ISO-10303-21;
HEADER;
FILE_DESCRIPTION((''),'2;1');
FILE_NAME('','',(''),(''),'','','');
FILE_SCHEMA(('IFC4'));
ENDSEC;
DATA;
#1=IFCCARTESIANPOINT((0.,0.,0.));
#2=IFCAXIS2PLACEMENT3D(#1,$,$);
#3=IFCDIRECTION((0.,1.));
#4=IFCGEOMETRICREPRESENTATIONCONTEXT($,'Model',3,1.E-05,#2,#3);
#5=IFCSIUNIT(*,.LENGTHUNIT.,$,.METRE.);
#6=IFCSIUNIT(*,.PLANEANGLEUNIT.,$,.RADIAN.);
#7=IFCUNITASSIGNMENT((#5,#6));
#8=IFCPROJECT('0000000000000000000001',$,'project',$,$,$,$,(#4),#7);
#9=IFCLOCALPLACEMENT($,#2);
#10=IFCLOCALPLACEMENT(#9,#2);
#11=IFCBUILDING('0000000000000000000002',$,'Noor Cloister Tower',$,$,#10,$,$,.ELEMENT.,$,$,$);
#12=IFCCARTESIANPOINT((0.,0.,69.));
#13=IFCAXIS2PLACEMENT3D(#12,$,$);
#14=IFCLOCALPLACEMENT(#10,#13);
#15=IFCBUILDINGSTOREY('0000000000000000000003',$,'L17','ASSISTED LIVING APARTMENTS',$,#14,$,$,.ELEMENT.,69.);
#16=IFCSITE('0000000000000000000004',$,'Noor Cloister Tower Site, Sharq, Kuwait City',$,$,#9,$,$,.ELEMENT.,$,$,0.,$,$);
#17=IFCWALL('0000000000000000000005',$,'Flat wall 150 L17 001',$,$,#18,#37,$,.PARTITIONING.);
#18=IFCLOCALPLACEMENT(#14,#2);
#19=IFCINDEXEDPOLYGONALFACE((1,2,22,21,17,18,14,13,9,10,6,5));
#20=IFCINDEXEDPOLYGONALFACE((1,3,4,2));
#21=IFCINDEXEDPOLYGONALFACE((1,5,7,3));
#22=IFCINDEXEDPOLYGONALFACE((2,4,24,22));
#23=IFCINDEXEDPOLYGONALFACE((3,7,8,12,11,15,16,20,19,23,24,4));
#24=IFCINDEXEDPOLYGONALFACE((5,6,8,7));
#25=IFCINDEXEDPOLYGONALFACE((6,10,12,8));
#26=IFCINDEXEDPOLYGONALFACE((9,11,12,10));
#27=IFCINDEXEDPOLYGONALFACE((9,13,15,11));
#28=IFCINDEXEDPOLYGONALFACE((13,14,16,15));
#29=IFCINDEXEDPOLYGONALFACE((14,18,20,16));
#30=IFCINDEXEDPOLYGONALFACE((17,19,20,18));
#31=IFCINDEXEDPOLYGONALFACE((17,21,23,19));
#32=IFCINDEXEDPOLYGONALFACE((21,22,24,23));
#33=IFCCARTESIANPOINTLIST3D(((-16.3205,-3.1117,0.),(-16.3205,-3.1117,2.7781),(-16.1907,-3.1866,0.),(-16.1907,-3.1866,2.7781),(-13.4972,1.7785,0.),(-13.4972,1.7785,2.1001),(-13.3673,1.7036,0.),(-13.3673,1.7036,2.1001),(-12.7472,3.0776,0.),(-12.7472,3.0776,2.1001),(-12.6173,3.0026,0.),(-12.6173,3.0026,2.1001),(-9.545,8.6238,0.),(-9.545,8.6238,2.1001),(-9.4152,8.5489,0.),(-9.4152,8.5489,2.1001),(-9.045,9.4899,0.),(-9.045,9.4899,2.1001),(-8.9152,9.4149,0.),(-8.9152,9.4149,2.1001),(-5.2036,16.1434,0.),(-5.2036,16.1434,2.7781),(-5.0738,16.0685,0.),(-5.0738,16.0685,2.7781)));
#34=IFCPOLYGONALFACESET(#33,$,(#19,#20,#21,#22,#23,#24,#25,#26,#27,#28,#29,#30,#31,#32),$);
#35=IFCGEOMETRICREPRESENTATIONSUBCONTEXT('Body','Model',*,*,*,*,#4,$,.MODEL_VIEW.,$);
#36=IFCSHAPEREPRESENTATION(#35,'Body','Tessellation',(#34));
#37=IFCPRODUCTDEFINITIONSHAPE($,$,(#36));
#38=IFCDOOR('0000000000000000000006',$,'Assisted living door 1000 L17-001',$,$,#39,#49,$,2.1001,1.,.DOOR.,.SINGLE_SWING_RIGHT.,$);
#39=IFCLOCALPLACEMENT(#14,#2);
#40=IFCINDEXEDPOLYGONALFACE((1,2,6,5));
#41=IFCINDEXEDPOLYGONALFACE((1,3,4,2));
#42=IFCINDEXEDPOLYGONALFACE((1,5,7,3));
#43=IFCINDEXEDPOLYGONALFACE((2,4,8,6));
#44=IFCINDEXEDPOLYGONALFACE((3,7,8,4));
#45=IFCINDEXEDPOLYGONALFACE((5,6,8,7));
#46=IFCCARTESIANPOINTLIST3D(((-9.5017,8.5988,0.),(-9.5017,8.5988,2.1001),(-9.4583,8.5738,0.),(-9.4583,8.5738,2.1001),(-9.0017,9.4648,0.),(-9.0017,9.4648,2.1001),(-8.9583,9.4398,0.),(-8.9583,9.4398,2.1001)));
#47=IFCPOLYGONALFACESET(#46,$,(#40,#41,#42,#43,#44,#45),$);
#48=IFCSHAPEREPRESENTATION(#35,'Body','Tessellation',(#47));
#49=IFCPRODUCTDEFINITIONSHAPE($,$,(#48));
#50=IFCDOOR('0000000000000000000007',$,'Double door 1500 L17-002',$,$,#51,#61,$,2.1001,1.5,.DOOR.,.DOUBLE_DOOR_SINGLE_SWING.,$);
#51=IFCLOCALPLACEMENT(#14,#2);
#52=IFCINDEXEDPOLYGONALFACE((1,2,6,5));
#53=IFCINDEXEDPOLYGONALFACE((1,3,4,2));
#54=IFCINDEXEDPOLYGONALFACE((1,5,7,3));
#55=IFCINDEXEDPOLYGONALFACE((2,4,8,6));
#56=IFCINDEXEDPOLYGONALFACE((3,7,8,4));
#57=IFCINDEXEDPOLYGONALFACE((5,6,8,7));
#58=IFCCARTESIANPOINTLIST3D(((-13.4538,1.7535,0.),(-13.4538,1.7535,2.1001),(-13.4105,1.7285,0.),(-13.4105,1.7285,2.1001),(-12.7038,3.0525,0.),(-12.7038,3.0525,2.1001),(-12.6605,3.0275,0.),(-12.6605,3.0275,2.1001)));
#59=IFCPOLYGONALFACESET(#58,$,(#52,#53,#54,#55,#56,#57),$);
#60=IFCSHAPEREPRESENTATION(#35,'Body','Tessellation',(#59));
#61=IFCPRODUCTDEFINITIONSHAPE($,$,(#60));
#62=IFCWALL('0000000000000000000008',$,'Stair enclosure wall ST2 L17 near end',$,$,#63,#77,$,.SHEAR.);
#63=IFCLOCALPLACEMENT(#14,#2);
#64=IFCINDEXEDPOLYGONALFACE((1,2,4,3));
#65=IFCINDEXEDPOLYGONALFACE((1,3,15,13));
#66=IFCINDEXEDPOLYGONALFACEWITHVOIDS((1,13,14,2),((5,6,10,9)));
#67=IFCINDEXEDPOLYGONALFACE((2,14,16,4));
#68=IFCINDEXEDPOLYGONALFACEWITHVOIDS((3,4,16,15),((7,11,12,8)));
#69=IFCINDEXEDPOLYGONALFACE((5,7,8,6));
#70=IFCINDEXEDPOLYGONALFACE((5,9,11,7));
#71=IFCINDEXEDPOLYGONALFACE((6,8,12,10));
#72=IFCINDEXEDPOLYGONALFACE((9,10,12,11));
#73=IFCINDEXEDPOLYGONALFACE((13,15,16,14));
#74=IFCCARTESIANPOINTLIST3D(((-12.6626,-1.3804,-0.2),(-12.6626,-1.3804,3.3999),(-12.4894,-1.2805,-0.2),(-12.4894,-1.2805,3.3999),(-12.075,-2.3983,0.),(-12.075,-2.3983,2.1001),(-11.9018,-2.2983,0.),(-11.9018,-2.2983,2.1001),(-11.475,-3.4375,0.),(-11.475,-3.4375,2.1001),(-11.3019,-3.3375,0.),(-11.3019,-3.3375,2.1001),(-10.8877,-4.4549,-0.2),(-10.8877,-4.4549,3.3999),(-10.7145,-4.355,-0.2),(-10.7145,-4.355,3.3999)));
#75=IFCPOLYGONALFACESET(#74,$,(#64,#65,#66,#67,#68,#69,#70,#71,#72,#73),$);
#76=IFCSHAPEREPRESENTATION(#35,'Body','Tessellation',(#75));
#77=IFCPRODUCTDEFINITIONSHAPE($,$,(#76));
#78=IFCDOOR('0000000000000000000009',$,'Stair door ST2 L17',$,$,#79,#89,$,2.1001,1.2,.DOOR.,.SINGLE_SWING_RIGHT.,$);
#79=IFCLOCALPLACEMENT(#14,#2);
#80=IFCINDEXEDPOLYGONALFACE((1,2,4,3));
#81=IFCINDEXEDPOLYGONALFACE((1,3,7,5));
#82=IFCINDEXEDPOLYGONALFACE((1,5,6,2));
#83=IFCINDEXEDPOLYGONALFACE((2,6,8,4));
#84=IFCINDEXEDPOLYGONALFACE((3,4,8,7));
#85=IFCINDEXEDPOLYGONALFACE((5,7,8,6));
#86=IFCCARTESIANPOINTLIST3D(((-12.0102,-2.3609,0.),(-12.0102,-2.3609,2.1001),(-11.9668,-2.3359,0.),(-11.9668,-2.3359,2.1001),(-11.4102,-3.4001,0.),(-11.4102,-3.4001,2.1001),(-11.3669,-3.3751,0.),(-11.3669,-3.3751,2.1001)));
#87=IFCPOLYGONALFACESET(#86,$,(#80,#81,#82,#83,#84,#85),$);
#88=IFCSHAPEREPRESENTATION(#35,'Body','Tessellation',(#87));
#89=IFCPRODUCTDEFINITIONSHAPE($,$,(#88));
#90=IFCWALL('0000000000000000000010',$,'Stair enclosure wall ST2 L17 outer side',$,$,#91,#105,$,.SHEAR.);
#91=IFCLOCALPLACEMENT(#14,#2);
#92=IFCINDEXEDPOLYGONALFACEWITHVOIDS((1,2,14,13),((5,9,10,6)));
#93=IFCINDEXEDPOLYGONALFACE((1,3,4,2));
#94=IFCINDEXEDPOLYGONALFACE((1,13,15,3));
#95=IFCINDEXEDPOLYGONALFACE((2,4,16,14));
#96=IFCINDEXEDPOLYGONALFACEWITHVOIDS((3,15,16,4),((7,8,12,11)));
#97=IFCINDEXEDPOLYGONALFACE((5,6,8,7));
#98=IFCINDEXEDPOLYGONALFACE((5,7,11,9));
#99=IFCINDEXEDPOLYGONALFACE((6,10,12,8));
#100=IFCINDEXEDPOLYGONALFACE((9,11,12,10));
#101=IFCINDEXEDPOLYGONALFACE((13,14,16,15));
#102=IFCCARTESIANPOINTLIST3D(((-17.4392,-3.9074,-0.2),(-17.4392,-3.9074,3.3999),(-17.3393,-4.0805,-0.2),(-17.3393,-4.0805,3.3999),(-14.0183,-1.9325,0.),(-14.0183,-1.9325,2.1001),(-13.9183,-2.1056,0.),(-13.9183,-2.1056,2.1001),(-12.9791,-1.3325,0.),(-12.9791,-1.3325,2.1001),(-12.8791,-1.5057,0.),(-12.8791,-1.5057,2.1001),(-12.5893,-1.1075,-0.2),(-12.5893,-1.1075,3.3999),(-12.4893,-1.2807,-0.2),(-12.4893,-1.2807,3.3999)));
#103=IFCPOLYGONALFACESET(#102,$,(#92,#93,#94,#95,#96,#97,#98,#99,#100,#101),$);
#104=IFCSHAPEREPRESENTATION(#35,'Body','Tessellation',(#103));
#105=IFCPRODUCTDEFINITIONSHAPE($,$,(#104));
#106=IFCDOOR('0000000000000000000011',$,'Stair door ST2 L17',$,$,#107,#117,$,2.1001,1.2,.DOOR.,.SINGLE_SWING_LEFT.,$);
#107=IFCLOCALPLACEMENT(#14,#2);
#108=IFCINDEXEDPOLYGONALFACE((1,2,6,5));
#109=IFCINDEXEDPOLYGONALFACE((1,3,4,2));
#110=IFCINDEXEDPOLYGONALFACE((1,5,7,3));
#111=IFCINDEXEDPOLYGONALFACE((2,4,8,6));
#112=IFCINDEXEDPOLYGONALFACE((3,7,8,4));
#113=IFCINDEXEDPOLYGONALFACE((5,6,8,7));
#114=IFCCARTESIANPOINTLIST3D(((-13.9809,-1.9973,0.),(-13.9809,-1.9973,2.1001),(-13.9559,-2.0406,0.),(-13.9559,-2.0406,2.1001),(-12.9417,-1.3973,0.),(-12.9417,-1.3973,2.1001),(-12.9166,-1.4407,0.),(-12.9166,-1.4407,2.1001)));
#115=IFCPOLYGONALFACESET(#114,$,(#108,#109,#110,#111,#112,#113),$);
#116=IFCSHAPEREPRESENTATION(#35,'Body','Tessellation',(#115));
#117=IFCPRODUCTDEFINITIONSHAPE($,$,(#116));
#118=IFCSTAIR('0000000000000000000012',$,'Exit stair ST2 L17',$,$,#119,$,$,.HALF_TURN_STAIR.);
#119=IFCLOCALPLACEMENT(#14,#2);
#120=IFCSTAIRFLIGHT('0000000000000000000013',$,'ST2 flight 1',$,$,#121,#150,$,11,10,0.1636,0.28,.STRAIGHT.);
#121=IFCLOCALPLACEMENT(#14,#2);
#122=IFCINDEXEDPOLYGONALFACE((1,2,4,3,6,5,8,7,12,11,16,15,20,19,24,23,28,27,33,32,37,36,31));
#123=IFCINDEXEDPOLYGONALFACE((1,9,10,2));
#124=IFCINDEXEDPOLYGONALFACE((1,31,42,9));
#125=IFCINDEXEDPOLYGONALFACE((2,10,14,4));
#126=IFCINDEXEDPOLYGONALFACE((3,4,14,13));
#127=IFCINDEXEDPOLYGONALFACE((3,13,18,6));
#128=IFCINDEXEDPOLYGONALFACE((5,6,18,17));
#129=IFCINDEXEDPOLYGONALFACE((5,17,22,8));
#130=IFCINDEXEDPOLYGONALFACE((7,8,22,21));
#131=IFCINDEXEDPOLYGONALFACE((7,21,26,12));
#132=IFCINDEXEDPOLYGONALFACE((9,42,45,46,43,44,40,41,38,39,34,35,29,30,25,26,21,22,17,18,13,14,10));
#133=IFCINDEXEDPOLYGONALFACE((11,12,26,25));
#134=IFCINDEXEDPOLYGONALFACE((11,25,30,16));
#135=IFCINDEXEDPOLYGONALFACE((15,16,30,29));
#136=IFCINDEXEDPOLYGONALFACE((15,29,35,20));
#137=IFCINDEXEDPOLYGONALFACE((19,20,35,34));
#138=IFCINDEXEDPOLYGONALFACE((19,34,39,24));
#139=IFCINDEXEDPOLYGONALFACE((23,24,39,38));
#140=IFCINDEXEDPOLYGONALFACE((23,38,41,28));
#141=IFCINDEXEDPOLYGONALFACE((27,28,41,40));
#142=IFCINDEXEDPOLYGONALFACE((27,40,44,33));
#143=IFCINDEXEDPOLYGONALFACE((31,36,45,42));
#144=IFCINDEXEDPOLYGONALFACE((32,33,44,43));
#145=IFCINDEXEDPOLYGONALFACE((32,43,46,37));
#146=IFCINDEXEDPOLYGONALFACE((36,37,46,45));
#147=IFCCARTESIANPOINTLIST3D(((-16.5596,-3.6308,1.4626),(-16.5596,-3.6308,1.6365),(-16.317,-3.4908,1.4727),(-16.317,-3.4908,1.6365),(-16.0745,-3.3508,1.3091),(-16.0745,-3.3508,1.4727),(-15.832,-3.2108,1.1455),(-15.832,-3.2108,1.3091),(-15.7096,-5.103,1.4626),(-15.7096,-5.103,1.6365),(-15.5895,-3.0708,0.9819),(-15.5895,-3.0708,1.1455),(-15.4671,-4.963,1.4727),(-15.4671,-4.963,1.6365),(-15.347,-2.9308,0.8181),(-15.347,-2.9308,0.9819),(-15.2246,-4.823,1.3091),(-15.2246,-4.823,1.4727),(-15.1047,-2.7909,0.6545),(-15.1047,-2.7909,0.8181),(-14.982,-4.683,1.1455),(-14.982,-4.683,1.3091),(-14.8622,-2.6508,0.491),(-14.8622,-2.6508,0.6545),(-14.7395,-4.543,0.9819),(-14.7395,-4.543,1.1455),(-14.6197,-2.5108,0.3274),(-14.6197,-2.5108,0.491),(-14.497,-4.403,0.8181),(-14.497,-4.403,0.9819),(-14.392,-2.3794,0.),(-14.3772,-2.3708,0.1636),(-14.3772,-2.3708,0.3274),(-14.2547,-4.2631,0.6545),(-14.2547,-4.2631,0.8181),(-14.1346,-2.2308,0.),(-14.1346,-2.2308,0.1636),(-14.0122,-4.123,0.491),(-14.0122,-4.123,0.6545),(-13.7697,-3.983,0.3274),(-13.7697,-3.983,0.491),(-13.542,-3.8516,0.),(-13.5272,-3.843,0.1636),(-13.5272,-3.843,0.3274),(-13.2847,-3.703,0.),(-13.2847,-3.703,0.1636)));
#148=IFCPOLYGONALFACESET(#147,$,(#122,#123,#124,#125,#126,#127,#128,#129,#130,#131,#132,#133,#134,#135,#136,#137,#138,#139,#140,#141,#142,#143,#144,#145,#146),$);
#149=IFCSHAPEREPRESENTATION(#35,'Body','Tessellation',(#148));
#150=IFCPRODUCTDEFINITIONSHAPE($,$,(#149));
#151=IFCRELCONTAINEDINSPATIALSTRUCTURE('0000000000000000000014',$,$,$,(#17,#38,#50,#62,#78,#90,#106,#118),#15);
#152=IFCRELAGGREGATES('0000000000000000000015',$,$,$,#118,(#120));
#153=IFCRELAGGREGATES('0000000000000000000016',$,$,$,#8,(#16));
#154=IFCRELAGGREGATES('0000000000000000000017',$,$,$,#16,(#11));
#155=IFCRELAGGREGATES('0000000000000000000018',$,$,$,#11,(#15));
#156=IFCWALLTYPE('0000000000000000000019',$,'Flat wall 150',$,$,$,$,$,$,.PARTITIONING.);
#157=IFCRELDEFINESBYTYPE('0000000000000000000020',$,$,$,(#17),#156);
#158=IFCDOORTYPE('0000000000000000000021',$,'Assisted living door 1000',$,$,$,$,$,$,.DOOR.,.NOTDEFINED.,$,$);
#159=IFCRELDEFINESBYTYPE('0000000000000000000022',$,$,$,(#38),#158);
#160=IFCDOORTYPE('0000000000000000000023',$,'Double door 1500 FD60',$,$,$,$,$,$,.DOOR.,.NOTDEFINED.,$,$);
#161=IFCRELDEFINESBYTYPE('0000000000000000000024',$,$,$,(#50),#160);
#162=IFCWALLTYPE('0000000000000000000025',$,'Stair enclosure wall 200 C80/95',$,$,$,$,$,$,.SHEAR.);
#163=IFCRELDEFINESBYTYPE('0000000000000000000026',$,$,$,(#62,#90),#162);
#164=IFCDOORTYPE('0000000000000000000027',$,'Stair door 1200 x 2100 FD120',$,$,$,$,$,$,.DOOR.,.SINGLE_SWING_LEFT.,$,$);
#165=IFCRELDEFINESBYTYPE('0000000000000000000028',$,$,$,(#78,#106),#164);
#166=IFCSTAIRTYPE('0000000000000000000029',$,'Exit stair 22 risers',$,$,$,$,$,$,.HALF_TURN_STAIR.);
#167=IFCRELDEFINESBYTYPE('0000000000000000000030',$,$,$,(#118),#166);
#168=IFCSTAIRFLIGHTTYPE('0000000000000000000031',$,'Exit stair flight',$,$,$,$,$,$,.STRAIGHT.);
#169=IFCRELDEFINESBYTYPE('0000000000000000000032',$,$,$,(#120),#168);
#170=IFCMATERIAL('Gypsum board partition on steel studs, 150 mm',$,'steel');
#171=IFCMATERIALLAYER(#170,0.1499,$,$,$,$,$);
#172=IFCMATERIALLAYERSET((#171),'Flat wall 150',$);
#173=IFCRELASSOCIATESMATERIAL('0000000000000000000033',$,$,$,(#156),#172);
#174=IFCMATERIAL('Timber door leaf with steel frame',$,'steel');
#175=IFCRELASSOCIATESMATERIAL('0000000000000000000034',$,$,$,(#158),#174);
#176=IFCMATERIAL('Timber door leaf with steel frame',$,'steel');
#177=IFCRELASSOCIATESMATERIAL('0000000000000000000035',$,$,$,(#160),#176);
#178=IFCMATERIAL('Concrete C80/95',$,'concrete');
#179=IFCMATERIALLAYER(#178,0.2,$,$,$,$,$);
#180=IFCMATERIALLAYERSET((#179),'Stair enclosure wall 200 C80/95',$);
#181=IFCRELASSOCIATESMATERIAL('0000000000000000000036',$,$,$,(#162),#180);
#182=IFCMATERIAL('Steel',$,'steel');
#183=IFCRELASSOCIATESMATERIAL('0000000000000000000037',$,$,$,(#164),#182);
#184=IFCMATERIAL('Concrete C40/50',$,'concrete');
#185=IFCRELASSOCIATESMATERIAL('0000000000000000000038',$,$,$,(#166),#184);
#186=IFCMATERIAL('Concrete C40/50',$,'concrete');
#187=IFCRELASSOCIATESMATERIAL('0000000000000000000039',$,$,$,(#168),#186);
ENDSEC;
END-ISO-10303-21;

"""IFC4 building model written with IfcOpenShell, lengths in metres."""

from ifc_helpers import new_model, si_unit, direction, frame, frame_2d, origin, place, context, subcontext, project, spatial, polyline, rectangle, outline, extrude, material, layer, layer_set, type_object, element, fill, aggregate, save


model = new_model("IFC4")

# Units and contexts
model_context = context("Model", 3, precision=1e-05, world=origin(), true_north=direction((0.0, 1.0)))
body_context = subcontext(model_context, "Body", "Model", "MODEL_VIEW")
ifc_project = project(units=[si_unit("LENGTHUNIT", "METRE"), si_unit("PLANEANGLEUNIT", "RADIAN")], contexts=[model_context])

# Site, building, storey
site_placement = place(None, origin())
site = spatial("IfcSite", under=ifc_project, at=site_placement, Name="Noor Cloister Tower Site, Sharq, Kuwait City", CompositionType="ELEMENT", RefElevation=0.0)
building_placement = place(site_placement, origin())
building = spatial("IfcBuilding", under=site, at=building_placement, Name="Noor Cloister Tower", CompositionType="ELEMENT")
storey_placement = place(building_placement, frame((0.0, 0.0, 69.0)))
storey = spatial("IfcBuildingStorey", under=building, at=storey_placement, Name="L17", Description="ASSISTED LIVING APARTMENTS", CompositionType="ELEMENT", Elevation=69.0)

# Wall, openings, doors
ifc_material_1 = material(Name="Gypsum board partition on steel studs, 150 mm", Category="steel")
ifc_layer_1 = layer(ifc_material_1, 0.1499)
ifc_layer_set_1 = layer_set([ifc_layer_1], Name="Flat wall 150")
wall_type_1 = type_object("IfcWallType", Name="Flat wall 150", PredefinedType="PARTITIONING", material=ifc_layer_set_1)
wall_1_placement = place(storey_placement, frame((-16.2556, -3.1492, 0.0), z_axis=(0.0, 0.0, 1.0), x_axis=(0.5, 0.866026, 0.0)))
wall_1 = element("IfcWall", 1, at=wall_1_placement, inside=storey, type_object=wall_type_1, Name="Flat wall 150 L17 001", PredefinedType="PARTITIONING", context=body_context, shape_type="SweptSolid", body=[
    extrude(rectangle(XDim=22.2339, YDim=0.1499, at=frame_2d((11.1169, 0.0))), origin(), (0.0, 0.0, 1.0), 2.7781),
])
opening_1_placement = place(wall_1_placement, frame((13.551, 0.0, 0.0)))
opening_1 = element("IfcOpeningElement", 2, at=opening_1_placement, cuts=wall_1, PredefinedType="OPENING", context=body_context, shape_type="SweptSolid", body=[
    extrude(rectangle(XDim=1.0, YDim=2.1001, at=frame_2d((0.5, 1.05))), frame((0.0, 0.085, 0.0), z_axis=(0.0, -1.0, 0.0), x_axis=(1.0, 0.0, 0.0)), (0.0, 0.0, 1.0), 0.1699),
])
opening_2_placement = place(wall_1_placement, frame((5.6467, 0.0, 0.0)))
opening_2 = element("IfcOpeningElement", 3, at=opening_2_placement, cuts=wall_1, PredefinedType="OPENING", context=body_context, shape_type="SweptSolid", body=[
    extrude(rectangle(XDim=1.5, YDim=2.1001, at=frame_2d((0.75, 1.05))), frame((0.0, 0.085, 0.0), z_axis=(0.0, -1.0, 0.0), x_axis=(1.0, 0.0, 0.0)), (0.0, 0.0, 1.0), 0.1699),
])
ifc_material_2 = material(Name="Timber door leaf with steel frame", Category="steel")
door_type_1 = type_object("IfcDoorType", Name="Assisted living door 1000", OperationType="NOTDEFINED", PredefinedType="DOOR", material=ifc_material_2)
door_1_placement = place(opening_1_placement, origin())
door_1 = element("IfcDoor", 4, at=door_1_placement, inside=storey, type_object=door_type_1, Name="Assisted living door 1000 L17-001", OperationType="SINGLE_SWING_RIGHT", OverallHeight=2.1001, OverallWidth=1.0, PredefinedType="DOOR", context=body_context, shape_type="SweptSolid", body=[
    extrude(rectangle(XDim=1.0, YDim=2.1001, at=frame_2d((0.5, 1.05))), frame((0.0, 0.0249, 0.0), z_axis=(0.0, -1.0, 0.0), x_axis=(1.0, 0.0, 0.0)), (0.0, 0.0, 1.0), 0.05),
])
fill(opening_1, door_1)
ifc_material_3 = material(Name="Timber door leaf with steel frame", Category="steel")
door_type_2 = type_object("IfcDoorType", Name="Double door 1500 FD60", OperationType="NOTDEFINED", PredefinedType="DOOR", material=ifc_material_3)
door_2_placement = place(opening_2_placement, origin())
door_2 = element("IfcDoor", 5, at=door_2_placement, inside=storey, type_object=door_type_2, Name="Double door 1500 L17-002", OperationType="DOUBLE_DOOR_SINGLE_SWING", OverallHeight=2.1001, OverallWidth=1.5, PredefinedType="DOOR", context=body_context, shape_type="SweptSolid", body=[
    extrude(rectangle(XDim=1.5, YDim=2.1001, at=frame_2d((0.75, 1.05))), frame((0.0, 0.0249, 0.0), z_axis=(0.0, -1.0, 0.0), x_axis=(1.0, 0.0, 0.0)), (0.0, 0.0, 1.0), 0.05),
])
fill(opening_2, door_2)

# Walls, openings, doors
ifc_material_4 = material(Name="Concrete C80/95", Category="concrete")
ifc_layer_2 = layer(ifc_material_4, 0.2)
ifc_layer_set_2 = layer_set([ifc_layer_2], Name="Stair enclosure wall 200 C80/95")
wall_type_2 = type_object("IfcWallType", Name="Stair enclosure wall 200 C80/95", PredefinedType="SHEAR", material=ifc_layer_set_2)
wall_2_placement = place(storey_placement, frame((-12.5759, -1.3306, -0.2), z_axis=(0.0, 0.0, 1.0), x_axis=(0.49997, -0.866042, 0.0)))
wall_2 = element("IfcWall", 6, at=wall_2_placement, inside=storey, type_object=wall_type_2, Name="Stair enclosure wall ST2 L17 near end", PredefinedType="SHEAR", context=body_context, shape_type="SweptSolid", body=[
    extrude(rectangle(XDim=3.55, YDim=0.2, at=frame_2d((1.7749, 0.0))), origin(), (0.0, 0.0, 1.0), 3.5999),
])
opening_3_placement = place(wall_2_placement, frame((1.175, 0.0, 0.2)))
opening_3 = element("IfcOpeningElement", 7, at=opening_3_placement, cuts=wall_2, PredefinedType="OPENING", context=body_context, shape_type="SweptSolid", body=[
    extrude(rectangle(XDim=1.2, YDim=2.1001, at=frame_2d((0.6001, 1.05))), frame((0.0, 0.1099, 0.0), z_axis=(0.0, -1.0, 0.0), x_axis=(1.0, 0.0, 0.0)), (0.0, 0.0, 1.0), 0.22),
])
ifc_material_5 = material(Name="Steel", Category="steel")
door_type_3 = type_object("IfcDoorType", Name="Stair door 1200 x 2100 FD120", OperationType="SINGLE_SWING_LEFT", PredefinedType="DOOR", material=ifc_material_5)
door_3_placement = place(opening_3_placement, origin())
door_3 = element("IfcDoor", 8, at=door_3_placement, inside=storey, type_object=door_type_3, Name="Stair door ST2 L17", OperationType="SINGLE_SWING_RIGHT", OverallHeight=2.1001, OverallWidth=1.2, PredefinedType="DOOR", context=body_context, shape_type="SweptSolid", body=[
    extrude(rectangle(XDim=1.2, YDim=2.1001, at=frame_2d((0.6001, 1.05))), frame((0.0, 0.0249, 0.0), z_axis=(0.0, -1.0, 0.0), x_axis=(1.0, 0.0, 0.0)), (0.0, 0.0, 1.0), 0.05),
])
fill(opening_3, door_3)
wall_3_placement = place(storey_placement, frame((-12.5393, -1.1941, -0.2), z_axis=(0.0, 0.0, 1.0), x_axis=(-0.866045, -0.499965, 0.0)))
wall_3 = element("IfcWall", 9, at=wall_3_placement, inside=storey, type_object=wall_type_2, Name="Stair enclosure wall ST2 L17 outer side", PredefinedType="SHEAR", context=body_context, shape_type="SweptSolid", body=[
    extrude(rectangle(XDim=5.6001, YDim=0.2, at=frame_2d((2.8, 0.0))), origin(), (0.0, 0.0, 1.0), 3.5999),
])
opening_4_placement = place(wall_3_placement, frame((0.45, 0.0, 0.2)))
opening_4 = element("IfcOpeningElement", 10, at=opening_4_placement, cuts=wall_3, PredefinedType="OPENING", context=body_context, shape_type="SweptSolid", body=[
    extrude(rectangle(XDim=1.2, YDim=2.1001, at=frame_2d((0.6001, 1.05))), frame((0.0, 0.1099, 0.0), z_axis=(0.0, -1.0, 0.0), x_axis=(1.0, 0.0, 0.0)), (0.0, 0.0, 1.0), 0.22),
])
door_4_placement = place(opening_4_placement, origin())
door_4 = element("IfcDoor", 11, at=door_4_placement, inside=storey, type_object=door_type_3, Name="Stair door ST2 L17", OperationType="SINGLE_SWING_LEFT", OverallHeight=2.1001, OverallWidth=1.2, PredefinedType="DOOR", context=body_context, shape_type="SweptSolid", body=[
    extrude(rectangle(XDim=1.2, YDim=2.1001, at=frame_2d((0.6001, 1.05))), frame((0.0, 0.0249, 0.0), z_axis=(0.0, -1.0, 0.0), x_axis=(1.0, 0.0, 0.0)), (0.0, 0.0, 1.0), 0.05),
])
fill(opening_4, door_4)

# Stair, stair flight
ifc_material_6 = material(Name="Concrete C40/50", Category="concrete")
stair_type = type_object("IfcStairType", Name="Exit stair 22 risers", PredefinedType="HALF_TURN_STAIR", material=ifc_material_6)
stair_placement = place(storey_placement, origin())
stair = element("IfcStair", 12, at=stair_placement, inside=storey, type_object=stair_type, Name="Exit stair ST2 L17", PredefinedType="HALF_TURN_STAIR")
ifc_material_7 = material(Name="Concrete C40/50", Category="concrete")
stair_flight_type = type_object("IfcStairFlightType", Name="Exit stair flight", PredefinedType="STRAIGHT", material=ifc_material_7)
stair_flight_1_placement = place(storey_placement, frame((-13.7097, -2.9668, 0.0), z_axis=(0.0, 0.0, 1.0), x_axis=(-0.866025, -0.5, 0.0)))
stair_flight_1 = element("IfcStairFlight", 13, at=stair_flight_1_placement, type_object=stair_flight_type, Name="ST2 flight 1", NumberOfRisers=11, NumberOfTreads=10, PredefinedType="STRAIGHT", RiserHeight=0.1636, TreadLength=0.28, context=body_context, shape_type="SweptSolid", body=[
    extrude(outline(polyline([(0.0, 0.0), (0.0, 0.1636), (0.28, 0.1636), (0.28, 0.3274), (0.5601, 0.3274), (0.5601, 0.491), (0.8401, 0.491), (0.8401, 0.6545), (1.1201, 0.6545), (1.1201, 0.8181), (1.3999, 0.8181), (1.3999, 0.9819), (1.6799, 0.9819), (1.6799, 1.1455), (1.96, 1.1455), (1.96, 1.3091), (2.24, 1.3091), (2.24, 1.4727), (2.52, 1.4727), (2.52, 1.6365), (2.8, 1.6365), (2.8, 1.8), (2.8, 1.4626), (0.2971, 0.0), (0.0, 0.0)])), frame((0.0, 0.8501, 0.0), z_axis=(0.0, -1.0, 0.0), x_axis=(1.0, 0.0, 0.0)), (0.0, 0.0, 1.0), 1.7),
])
aggregate(stair, [stair_flight_1])

save(model, "model.ifc")
